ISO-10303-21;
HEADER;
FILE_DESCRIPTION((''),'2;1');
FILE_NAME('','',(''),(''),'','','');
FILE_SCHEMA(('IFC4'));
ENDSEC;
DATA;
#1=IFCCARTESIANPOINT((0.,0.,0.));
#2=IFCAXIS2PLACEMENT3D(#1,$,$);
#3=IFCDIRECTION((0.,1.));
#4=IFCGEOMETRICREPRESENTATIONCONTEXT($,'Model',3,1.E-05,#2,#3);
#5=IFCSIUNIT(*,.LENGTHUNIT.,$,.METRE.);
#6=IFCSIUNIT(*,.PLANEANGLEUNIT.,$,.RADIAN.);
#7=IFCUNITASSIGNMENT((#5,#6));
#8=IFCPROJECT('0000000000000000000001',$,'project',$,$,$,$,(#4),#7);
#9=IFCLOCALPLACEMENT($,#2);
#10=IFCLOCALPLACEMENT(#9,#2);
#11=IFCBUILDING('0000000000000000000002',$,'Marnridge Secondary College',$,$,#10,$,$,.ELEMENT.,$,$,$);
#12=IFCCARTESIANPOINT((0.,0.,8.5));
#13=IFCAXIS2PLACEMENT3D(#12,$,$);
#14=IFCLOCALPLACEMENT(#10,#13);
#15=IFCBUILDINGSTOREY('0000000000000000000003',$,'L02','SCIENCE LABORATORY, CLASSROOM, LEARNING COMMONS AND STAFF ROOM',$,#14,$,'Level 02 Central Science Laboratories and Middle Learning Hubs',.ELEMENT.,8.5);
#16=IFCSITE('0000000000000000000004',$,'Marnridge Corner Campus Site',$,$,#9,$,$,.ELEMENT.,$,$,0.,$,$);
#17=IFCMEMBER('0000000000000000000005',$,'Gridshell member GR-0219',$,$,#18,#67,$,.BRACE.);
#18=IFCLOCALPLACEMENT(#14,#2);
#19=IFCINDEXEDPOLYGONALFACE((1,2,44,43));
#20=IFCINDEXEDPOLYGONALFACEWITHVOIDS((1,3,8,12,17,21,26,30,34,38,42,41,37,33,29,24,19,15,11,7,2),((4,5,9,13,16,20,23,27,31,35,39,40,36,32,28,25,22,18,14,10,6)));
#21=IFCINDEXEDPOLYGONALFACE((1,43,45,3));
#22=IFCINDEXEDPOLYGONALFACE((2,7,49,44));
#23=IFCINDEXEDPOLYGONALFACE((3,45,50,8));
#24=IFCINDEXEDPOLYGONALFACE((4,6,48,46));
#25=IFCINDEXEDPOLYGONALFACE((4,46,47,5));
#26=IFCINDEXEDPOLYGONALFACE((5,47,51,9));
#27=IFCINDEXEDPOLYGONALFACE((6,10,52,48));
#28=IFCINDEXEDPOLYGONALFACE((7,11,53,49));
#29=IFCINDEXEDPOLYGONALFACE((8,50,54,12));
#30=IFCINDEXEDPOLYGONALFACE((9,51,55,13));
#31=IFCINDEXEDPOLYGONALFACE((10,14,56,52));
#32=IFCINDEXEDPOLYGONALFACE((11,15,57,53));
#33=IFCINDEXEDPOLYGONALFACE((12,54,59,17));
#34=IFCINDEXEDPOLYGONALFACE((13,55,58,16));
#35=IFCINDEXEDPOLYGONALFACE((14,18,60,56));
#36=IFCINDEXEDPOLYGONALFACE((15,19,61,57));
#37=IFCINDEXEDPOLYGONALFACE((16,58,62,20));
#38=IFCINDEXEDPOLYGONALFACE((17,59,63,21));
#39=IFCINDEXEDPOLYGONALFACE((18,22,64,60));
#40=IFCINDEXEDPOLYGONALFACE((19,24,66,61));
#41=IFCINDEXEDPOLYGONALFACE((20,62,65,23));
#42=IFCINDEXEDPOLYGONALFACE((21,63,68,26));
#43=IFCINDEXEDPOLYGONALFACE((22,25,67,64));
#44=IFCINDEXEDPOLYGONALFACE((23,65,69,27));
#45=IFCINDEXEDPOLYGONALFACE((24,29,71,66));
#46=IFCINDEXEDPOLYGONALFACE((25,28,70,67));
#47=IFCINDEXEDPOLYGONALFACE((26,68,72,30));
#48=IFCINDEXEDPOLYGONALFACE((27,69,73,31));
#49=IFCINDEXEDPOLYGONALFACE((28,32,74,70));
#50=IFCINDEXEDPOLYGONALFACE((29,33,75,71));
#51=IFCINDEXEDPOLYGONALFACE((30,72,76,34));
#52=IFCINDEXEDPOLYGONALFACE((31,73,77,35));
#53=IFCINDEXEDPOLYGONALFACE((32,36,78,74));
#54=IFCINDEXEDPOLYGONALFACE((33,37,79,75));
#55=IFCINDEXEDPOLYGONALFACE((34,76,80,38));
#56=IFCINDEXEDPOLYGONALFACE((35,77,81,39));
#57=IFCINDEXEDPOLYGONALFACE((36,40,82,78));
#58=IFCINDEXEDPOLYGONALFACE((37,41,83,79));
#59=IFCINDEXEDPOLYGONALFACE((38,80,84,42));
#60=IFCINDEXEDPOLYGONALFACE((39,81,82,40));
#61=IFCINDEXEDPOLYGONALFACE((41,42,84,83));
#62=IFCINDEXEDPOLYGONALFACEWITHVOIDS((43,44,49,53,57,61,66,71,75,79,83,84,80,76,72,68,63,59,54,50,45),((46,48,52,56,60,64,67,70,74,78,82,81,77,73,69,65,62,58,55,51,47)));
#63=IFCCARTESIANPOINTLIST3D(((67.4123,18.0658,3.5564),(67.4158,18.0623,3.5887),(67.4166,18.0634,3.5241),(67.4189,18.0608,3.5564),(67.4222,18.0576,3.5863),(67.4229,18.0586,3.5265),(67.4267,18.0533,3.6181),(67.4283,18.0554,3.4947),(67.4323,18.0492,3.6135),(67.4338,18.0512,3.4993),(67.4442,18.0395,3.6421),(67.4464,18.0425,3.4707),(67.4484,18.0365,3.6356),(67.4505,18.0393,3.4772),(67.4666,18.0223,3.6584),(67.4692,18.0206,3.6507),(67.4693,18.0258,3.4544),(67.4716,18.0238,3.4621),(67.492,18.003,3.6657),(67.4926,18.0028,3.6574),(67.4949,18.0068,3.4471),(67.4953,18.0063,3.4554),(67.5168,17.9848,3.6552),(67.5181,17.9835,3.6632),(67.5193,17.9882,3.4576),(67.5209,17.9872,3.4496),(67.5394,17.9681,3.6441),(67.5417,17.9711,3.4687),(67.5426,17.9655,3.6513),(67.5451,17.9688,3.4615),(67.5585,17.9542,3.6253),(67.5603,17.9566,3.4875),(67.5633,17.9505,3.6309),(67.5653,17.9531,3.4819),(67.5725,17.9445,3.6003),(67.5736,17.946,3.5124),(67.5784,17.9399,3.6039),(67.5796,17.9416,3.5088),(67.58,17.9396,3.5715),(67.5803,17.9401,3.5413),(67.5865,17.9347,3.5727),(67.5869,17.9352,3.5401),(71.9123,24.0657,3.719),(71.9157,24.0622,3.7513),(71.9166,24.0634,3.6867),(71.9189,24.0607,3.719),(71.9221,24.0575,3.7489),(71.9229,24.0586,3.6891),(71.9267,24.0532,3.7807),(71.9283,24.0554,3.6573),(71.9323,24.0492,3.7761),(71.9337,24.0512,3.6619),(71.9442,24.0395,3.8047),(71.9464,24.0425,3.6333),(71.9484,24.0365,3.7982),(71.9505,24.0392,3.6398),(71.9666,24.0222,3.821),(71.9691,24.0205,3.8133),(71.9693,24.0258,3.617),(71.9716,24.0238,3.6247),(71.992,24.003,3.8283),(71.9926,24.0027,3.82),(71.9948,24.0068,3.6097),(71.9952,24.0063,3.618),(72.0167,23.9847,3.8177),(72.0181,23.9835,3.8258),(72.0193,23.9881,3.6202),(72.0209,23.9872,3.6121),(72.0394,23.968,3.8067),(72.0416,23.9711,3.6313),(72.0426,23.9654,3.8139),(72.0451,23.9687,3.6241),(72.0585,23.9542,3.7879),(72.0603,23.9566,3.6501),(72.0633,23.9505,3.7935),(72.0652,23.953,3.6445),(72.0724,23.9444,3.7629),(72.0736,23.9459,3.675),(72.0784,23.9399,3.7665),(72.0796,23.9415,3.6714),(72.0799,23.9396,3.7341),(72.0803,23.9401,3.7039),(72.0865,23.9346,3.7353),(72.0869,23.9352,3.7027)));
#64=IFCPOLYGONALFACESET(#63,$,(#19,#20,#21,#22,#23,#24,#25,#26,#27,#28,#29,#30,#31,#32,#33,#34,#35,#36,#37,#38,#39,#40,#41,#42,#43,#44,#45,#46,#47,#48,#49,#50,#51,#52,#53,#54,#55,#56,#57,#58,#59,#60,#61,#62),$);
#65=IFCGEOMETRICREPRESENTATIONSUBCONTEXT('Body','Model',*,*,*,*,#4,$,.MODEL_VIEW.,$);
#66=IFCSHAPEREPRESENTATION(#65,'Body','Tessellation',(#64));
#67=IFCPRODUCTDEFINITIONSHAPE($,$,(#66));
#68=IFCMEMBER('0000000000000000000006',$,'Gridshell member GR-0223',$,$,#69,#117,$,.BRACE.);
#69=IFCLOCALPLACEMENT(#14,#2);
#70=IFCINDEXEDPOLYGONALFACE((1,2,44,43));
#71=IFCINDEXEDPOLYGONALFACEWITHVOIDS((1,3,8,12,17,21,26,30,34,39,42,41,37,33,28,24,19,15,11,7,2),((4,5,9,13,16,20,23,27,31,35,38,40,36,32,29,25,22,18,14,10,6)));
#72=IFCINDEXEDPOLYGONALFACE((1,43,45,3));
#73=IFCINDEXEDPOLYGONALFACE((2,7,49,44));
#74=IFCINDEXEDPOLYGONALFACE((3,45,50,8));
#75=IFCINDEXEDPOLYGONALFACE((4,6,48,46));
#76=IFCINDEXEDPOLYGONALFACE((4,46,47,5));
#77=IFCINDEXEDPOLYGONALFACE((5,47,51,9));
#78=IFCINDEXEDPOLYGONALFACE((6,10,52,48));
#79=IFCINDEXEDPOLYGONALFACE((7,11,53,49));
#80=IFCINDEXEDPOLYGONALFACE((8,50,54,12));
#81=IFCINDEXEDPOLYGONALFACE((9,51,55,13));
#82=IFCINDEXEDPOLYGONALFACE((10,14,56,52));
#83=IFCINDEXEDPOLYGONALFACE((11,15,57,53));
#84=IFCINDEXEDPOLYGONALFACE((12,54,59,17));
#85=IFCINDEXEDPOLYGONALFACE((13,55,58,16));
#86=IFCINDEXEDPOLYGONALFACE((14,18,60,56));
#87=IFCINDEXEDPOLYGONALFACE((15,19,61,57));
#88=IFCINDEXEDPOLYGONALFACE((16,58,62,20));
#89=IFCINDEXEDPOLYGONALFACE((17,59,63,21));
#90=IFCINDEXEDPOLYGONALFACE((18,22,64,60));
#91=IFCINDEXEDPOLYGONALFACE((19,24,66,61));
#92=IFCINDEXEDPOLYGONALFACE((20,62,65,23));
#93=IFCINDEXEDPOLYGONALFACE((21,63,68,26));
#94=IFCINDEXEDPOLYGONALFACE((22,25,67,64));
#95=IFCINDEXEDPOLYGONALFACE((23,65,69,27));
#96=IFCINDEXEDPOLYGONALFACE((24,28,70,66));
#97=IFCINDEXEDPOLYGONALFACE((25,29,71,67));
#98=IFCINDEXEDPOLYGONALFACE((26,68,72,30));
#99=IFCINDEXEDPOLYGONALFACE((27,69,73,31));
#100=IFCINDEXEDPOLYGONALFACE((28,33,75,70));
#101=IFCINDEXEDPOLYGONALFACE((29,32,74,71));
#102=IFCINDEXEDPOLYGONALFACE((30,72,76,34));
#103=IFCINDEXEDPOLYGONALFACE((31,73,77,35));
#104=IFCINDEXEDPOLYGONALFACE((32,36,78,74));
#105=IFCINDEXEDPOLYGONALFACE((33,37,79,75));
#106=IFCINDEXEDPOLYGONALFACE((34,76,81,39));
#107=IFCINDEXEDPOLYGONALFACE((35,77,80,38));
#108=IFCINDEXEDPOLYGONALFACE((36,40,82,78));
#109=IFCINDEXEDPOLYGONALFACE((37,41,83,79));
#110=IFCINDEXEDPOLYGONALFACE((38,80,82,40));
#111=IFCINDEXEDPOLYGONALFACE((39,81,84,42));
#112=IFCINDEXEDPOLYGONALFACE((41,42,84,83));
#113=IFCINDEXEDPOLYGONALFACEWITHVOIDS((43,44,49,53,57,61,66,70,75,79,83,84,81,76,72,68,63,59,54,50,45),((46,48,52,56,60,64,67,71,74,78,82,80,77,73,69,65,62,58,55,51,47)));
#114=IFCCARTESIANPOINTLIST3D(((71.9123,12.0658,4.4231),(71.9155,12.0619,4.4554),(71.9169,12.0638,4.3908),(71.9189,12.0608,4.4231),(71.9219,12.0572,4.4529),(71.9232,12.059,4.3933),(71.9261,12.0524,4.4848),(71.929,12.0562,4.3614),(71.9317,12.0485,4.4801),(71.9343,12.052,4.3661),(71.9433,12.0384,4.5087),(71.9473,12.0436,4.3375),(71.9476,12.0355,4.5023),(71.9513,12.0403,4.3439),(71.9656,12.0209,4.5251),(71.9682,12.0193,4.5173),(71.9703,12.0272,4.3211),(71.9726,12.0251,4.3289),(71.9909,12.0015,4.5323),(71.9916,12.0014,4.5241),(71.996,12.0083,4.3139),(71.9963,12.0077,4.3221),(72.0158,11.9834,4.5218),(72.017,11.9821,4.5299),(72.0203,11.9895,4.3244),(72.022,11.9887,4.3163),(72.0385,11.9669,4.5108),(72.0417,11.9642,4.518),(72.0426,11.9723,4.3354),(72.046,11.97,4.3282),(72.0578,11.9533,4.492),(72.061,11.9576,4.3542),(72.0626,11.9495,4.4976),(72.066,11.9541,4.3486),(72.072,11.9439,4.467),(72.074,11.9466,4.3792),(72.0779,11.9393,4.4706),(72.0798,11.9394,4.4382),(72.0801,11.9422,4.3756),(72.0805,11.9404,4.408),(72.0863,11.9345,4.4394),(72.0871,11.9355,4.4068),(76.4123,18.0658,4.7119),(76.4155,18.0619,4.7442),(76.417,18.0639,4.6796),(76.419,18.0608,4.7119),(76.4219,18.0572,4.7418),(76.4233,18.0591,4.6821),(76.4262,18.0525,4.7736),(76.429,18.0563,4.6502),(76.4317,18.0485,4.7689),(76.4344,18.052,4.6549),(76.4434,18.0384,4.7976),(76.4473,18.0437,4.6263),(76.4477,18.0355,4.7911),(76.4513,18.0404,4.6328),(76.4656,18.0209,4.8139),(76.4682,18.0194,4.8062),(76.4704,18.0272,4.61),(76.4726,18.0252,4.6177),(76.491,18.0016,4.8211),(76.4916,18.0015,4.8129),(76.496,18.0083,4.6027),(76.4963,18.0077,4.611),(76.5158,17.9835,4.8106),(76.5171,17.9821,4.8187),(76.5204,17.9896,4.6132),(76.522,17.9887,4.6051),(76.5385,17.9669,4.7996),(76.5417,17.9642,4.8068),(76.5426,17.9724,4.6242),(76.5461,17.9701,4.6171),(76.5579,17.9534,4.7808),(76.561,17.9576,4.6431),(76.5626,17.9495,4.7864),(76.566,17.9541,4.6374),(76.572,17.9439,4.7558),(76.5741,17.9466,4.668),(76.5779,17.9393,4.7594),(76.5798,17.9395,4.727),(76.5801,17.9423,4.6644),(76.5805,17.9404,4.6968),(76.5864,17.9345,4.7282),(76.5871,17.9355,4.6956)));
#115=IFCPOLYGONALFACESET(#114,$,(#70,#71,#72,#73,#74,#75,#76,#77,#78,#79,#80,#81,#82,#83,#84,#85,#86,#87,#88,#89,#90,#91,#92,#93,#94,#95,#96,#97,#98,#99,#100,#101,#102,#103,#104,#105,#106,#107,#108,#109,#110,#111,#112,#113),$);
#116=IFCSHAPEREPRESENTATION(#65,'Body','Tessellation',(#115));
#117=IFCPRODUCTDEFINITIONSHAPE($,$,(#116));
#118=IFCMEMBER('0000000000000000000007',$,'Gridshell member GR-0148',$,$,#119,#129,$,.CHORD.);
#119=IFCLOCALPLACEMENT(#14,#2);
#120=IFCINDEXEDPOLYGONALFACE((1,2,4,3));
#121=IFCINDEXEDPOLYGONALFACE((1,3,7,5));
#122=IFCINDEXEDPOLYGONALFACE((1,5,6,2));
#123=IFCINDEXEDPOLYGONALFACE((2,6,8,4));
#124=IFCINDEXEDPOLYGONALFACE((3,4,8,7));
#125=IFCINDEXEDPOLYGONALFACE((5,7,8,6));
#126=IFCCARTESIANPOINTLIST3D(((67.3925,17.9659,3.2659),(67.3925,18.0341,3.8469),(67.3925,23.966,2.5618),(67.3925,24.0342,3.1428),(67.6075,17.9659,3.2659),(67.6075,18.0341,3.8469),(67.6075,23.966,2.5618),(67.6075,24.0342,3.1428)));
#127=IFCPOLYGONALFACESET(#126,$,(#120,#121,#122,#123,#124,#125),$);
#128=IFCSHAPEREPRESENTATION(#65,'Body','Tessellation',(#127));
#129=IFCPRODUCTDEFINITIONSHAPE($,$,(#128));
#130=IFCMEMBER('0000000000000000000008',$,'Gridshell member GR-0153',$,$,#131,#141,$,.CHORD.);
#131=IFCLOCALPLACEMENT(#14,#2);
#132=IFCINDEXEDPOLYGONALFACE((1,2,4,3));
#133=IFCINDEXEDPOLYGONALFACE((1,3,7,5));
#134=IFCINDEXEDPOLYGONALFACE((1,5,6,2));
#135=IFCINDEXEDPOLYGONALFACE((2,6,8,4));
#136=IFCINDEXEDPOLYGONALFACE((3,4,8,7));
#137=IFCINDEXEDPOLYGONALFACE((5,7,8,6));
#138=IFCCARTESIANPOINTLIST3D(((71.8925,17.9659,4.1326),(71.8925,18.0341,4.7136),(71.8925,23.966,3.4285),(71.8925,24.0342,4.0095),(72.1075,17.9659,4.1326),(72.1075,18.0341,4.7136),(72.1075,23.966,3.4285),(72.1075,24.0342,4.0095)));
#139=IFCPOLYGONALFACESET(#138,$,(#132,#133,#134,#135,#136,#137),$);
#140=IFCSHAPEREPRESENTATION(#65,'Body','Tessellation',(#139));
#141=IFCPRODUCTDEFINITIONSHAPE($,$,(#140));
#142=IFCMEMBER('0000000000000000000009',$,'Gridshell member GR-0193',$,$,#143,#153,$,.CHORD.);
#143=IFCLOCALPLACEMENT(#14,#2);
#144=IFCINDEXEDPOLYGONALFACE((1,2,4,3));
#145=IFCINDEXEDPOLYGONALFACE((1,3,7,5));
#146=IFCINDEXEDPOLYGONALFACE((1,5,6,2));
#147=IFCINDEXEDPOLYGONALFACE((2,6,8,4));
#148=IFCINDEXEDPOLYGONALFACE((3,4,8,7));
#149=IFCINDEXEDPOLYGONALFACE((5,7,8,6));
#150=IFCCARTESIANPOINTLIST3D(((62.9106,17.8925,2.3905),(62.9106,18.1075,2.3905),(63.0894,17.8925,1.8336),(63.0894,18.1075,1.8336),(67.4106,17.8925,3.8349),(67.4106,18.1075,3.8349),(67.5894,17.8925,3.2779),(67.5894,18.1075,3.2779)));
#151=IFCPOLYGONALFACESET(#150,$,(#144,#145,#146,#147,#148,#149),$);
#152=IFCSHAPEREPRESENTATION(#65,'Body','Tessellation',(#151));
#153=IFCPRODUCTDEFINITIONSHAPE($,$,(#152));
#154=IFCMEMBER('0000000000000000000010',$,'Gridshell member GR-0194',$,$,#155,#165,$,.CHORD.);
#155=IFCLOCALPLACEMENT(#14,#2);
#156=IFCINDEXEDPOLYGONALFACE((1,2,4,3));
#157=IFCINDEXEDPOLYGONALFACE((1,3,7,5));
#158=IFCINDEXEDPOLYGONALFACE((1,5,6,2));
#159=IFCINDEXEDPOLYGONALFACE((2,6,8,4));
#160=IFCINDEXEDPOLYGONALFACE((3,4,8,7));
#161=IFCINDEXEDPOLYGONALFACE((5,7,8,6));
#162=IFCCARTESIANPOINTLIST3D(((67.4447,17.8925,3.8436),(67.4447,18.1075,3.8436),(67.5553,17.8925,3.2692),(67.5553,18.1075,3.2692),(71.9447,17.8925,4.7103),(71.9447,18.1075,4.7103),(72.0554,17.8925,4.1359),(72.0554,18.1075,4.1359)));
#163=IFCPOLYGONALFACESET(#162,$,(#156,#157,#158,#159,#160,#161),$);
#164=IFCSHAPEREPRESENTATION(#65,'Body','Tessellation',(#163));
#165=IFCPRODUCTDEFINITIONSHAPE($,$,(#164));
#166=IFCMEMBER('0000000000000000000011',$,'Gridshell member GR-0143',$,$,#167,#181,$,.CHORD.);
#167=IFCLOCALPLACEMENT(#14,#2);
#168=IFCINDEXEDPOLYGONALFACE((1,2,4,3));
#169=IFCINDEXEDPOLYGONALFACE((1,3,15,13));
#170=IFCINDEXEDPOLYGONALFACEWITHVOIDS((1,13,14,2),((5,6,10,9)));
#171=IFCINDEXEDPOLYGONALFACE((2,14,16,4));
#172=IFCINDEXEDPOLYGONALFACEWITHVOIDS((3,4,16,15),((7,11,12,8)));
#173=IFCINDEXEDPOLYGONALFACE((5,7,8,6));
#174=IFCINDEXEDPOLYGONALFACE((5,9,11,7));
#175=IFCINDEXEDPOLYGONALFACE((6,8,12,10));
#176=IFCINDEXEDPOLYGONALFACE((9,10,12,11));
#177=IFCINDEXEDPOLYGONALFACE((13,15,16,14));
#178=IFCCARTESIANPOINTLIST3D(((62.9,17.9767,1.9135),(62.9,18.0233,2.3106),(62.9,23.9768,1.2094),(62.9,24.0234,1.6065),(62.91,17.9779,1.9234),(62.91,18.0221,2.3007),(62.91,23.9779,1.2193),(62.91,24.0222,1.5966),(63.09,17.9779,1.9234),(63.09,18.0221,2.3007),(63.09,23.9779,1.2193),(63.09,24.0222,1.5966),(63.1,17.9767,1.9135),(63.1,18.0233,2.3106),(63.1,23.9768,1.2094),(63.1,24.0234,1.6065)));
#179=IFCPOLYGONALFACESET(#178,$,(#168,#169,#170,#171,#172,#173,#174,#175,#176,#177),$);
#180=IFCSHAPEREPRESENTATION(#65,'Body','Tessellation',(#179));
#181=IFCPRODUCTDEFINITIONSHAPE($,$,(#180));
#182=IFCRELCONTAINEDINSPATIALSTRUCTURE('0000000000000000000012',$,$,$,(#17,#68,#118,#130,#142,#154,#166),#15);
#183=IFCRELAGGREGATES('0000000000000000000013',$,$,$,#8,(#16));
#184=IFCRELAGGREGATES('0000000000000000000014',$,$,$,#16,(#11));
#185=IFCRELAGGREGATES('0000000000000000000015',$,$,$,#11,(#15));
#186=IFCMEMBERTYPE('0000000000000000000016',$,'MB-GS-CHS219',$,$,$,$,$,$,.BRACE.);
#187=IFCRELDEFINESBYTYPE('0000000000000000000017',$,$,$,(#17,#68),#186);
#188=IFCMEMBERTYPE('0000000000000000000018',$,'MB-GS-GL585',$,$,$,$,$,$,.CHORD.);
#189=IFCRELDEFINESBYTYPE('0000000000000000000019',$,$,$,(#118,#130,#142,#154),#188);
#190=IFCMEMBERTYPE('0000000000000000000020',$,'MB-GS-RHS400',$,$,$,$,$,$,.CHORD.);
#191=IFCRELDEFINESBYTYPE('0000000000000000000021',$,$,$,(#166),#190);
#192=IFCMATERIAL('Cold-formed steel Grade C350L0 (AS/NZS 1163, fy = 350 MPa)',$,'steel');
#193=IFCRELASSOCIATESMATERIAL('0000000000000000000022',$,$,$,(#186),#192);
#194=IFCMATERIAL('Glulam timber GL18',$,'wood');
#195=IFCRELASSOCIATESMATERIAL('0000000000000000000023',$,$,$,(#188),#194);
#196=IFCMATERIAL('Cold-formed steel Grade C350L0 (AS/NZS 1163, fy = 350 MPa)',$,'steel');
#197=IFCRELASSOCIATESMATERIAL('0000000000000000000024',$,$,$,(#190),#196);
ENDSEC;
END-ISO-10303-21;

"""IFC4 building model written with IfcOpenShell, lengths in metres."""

from ifc_helpers import new_model, si_unit, direction, frame, origin, origin_2d, place, context, subcontext, project, spatial, rectangle, hollow_rectangle, hollow_circle, extrude, material, material_profile, profile_set, type_object, element, save


model = new_model("IFC4")

# Units and contexts
model_context = context("Model", 3, precision=1e-05, world=origin(), true_north=direction((0.0, 1.0)))
body_context = subcontext(model_context, "Body", "Model", "MODEL_VIEW")
ifc_project = project(units=[si_unit("LENGTHUNIT", "METRE"), si_unit("PLANEANGLEUNIT", "RADIAN")], contexts=[model_context])

# Site, building, storey
site_placement = place(None, origin())
site = spatial("IfcSite", under=ifc_project, at=site_placement, Name="Marnridge Corner Campus Site", CompositionType="ELEMENT", RefElevation=0.0)
building_placement = place(site_placement, origin())
building = spatial("IfcBuilding", under=site, at=building_placement, Name="Marnridge Secondary College", CompositionType="ELEMENT")
storey_placement = place(building_placement, frame((0.0, 0.0, 8.5)))
storey = spatial("IfcBuildingStorey", under=building, at=storey_placement, Name="L02", Description="SCIENCE LABORATORY, CLASSROOM, LEARNING COMMONS AND STAFF ROOM", LongName="Level 02 Central Science Laboratories and Middle Learning Hubs", CompositionType="ELEMENT", Elevation=8.5)

# Members
ifc_material_1 = material(Name="Cold-formed steel Grade C350L0 (AS/NZS 1163, fy = 350 MPa)", Category="steel")
ifc_material_profile_1 = material_profile(ifc_material_1, hollow_circle(Radius=0.1096, WallThickness=0.0083, at=origin_2d()), Name="219.1x8.2CHS")
ifc_profile_set_1 = profile_set([ifc_material_profile_1], Name="Cold-formed steel Grade C350L0 (AS/NZS 1163, fy = 350 MPa)")
member_type_1 = type_object("IfcMemberType", Name="MB-GS-CHS219", PredefinedType="BRACE", material=ifc_profile_set_1)
member_1_placement = place(storey_placement, frame((67.5, 18.0, 3.5564), z_axis=(0.599859, 0.799812, 0.021675), x_axis=(-0.8, 0.6, 0.0)))
element("IfcMember", 1, at=member_1_placement, inside=storey, type_object=member_type_1, Name="Gridshell member GR-0219", PredefinedType="BRACE", context=body_context, shape_type="SweptSolid", body=[
    extrude(hollow_circle(Radius=0.1096, WallThickness=0.0083, at=origin_2d()), origin(), (0.0, 0.0, 1.0), 7.5017),
])
member_2_placement = place(storey_placement, frame((72.0, 12.0, 4.4231), z_axis=(0.599556, 0.799407, 0.038481), x_axis=(-0.8, 0.6, 0.0)))
element("IfcMember", 2, at=member_2_placement, inside=storey, type_object=member_type_1, Name="Gridshell member GR-0223", PredefinedType="BRACE", context=body_context, shape_type="SweptSolid", body=[
    extrude(hollow_circle(Radius=0.1096, WallThickness=0.0083, at=origin_2d()), origin(), (0.0, 0.0, 1.0), 7.5056),
])
ifc_material_2 = material(Name="Glulam timber GL18", Category="wood")
ifc_material_profile_2 = material_profile(ifc_material_2, rectangle(XDim=0.2151, YDim=0.585, at=origin_2d()), Name="GL18 215x585")
ifc_profile_set_2 = profile_set([ifc_material_profile_2], Name="Glulam timber GL18")
member_type_2 = type_object("IfcMemberType", Name="MB-GS-GL585", PredefinedType="CHORD", material=ifc_profile_set_2)
for number, where, z_axis, x_axis, name in (
    (3, (67.5, 18.0, 3.5564), (0.0, 0.993185, -0.11655), (-1.0, 0.0, 0.0), "Gridshell member GR-0148"),
    (4, (72.0, 18.0, 4.4231), (0.0, 0.993185, -0.11655), (-1.0, 0.0, 0.0), "Gridshell member GR-0153"),
):
    element("IfcMember", number, at=place(storey_placement, frame(where, z_axis=z_axis, x_axis=x_axis)), inside=storey, type_object=member_type_2, Name=name, PredefinedType="CHORD", context=body_context, shape_type="SweptSolid", body=[
        extrude(rectangle(XDim=0.2151, YDim=0.585, at=origin_2d()), origin(), (0.0, 0.0, 1.0), 6.0413),
    ])
member_3_placement = place(storey_placement, frame((63.0, 18.0, 2.1121), z_axis=(0.952157, 0.0, 0.305608), x_axis=(0.0, 1.0, 0.0)))
element("IfcMember", 5, at=member_3_placement, inside=storey, type_object=member_type_2, Name="Gridshell member GR-0193", PredefinedType="CHORD", context=body_context, shape_type="SweptSolid", body=[
    extrude(rectangle(XDim=0.2151, YDim=0.585, at=origin_2d()), origin(), (0.0, 0.0, 1.0), 4.7261),
])
member_4_placement = place(storey_placement, frame((67.5, 18.0, 3.5564), z_axis=(0.981953, 0.0, 0.189124), x_axis=(0.0, 1.0, 0.0)))
element("IfcMember", 6, at=member_4_placement, inside=storey, type_object=member_type_2, Name="Gridshell member GR-0194", PredefinedType="CHORD", context=body_context, shape_type="SweptSolid", body=[
    extrude(rectangle(XDim=0.2151, YDim=0.585, at=origin_2d()), origin(), (0.0, 0.0, 1.0), 4.5828),
])
ifc_material_3 = material(Name="Cold-formed steel Grade C350L0 (AS/NZS 1163, fy = 350 MPa)", Category="steel")
ifc_material_profile_3 = material_profile(ifc_material_3, hollow_rectangle(XDim=0.2, YDim=0.3999, WallThickness=0.01, at=origin_2d()), Name="400x200x10.0RHS")
ifc_profile_set_3 = profile_set([ifc_material_profile_3], Name="Cold-formed steel Grade C350L0 (AS/NZS 1163, fy = 350 MPa)")
member_type_3 = type_object("IfcMemberType", Name="MB-GS-RHS400", PredefinedType="CHORD", material=ifc_profile_set_3)
member_5_placement = place(storey_placement, frame((63.0, 18.0, 2.1121), z_axis=(0.0, 0.993185, -0.11655), x_axis=(-1.0, 0.0, 0.0)))
element("IfcMember", 7, at=member_5_placement, inside=storey, type_object=member_type_3, Name="Gridshell member GR-0143", PredefinedType="CHORD", context=body_context, shape_type="SweptSolid", body=[
    extrude(hollow_rectangle(XDim=0.2, YDim=0.3999, WallThickness=0.01, at=origin_2d()), origin(), (0.0, 0.0, 1.0), 6.0413),
])

save(model, "model.ifc")
